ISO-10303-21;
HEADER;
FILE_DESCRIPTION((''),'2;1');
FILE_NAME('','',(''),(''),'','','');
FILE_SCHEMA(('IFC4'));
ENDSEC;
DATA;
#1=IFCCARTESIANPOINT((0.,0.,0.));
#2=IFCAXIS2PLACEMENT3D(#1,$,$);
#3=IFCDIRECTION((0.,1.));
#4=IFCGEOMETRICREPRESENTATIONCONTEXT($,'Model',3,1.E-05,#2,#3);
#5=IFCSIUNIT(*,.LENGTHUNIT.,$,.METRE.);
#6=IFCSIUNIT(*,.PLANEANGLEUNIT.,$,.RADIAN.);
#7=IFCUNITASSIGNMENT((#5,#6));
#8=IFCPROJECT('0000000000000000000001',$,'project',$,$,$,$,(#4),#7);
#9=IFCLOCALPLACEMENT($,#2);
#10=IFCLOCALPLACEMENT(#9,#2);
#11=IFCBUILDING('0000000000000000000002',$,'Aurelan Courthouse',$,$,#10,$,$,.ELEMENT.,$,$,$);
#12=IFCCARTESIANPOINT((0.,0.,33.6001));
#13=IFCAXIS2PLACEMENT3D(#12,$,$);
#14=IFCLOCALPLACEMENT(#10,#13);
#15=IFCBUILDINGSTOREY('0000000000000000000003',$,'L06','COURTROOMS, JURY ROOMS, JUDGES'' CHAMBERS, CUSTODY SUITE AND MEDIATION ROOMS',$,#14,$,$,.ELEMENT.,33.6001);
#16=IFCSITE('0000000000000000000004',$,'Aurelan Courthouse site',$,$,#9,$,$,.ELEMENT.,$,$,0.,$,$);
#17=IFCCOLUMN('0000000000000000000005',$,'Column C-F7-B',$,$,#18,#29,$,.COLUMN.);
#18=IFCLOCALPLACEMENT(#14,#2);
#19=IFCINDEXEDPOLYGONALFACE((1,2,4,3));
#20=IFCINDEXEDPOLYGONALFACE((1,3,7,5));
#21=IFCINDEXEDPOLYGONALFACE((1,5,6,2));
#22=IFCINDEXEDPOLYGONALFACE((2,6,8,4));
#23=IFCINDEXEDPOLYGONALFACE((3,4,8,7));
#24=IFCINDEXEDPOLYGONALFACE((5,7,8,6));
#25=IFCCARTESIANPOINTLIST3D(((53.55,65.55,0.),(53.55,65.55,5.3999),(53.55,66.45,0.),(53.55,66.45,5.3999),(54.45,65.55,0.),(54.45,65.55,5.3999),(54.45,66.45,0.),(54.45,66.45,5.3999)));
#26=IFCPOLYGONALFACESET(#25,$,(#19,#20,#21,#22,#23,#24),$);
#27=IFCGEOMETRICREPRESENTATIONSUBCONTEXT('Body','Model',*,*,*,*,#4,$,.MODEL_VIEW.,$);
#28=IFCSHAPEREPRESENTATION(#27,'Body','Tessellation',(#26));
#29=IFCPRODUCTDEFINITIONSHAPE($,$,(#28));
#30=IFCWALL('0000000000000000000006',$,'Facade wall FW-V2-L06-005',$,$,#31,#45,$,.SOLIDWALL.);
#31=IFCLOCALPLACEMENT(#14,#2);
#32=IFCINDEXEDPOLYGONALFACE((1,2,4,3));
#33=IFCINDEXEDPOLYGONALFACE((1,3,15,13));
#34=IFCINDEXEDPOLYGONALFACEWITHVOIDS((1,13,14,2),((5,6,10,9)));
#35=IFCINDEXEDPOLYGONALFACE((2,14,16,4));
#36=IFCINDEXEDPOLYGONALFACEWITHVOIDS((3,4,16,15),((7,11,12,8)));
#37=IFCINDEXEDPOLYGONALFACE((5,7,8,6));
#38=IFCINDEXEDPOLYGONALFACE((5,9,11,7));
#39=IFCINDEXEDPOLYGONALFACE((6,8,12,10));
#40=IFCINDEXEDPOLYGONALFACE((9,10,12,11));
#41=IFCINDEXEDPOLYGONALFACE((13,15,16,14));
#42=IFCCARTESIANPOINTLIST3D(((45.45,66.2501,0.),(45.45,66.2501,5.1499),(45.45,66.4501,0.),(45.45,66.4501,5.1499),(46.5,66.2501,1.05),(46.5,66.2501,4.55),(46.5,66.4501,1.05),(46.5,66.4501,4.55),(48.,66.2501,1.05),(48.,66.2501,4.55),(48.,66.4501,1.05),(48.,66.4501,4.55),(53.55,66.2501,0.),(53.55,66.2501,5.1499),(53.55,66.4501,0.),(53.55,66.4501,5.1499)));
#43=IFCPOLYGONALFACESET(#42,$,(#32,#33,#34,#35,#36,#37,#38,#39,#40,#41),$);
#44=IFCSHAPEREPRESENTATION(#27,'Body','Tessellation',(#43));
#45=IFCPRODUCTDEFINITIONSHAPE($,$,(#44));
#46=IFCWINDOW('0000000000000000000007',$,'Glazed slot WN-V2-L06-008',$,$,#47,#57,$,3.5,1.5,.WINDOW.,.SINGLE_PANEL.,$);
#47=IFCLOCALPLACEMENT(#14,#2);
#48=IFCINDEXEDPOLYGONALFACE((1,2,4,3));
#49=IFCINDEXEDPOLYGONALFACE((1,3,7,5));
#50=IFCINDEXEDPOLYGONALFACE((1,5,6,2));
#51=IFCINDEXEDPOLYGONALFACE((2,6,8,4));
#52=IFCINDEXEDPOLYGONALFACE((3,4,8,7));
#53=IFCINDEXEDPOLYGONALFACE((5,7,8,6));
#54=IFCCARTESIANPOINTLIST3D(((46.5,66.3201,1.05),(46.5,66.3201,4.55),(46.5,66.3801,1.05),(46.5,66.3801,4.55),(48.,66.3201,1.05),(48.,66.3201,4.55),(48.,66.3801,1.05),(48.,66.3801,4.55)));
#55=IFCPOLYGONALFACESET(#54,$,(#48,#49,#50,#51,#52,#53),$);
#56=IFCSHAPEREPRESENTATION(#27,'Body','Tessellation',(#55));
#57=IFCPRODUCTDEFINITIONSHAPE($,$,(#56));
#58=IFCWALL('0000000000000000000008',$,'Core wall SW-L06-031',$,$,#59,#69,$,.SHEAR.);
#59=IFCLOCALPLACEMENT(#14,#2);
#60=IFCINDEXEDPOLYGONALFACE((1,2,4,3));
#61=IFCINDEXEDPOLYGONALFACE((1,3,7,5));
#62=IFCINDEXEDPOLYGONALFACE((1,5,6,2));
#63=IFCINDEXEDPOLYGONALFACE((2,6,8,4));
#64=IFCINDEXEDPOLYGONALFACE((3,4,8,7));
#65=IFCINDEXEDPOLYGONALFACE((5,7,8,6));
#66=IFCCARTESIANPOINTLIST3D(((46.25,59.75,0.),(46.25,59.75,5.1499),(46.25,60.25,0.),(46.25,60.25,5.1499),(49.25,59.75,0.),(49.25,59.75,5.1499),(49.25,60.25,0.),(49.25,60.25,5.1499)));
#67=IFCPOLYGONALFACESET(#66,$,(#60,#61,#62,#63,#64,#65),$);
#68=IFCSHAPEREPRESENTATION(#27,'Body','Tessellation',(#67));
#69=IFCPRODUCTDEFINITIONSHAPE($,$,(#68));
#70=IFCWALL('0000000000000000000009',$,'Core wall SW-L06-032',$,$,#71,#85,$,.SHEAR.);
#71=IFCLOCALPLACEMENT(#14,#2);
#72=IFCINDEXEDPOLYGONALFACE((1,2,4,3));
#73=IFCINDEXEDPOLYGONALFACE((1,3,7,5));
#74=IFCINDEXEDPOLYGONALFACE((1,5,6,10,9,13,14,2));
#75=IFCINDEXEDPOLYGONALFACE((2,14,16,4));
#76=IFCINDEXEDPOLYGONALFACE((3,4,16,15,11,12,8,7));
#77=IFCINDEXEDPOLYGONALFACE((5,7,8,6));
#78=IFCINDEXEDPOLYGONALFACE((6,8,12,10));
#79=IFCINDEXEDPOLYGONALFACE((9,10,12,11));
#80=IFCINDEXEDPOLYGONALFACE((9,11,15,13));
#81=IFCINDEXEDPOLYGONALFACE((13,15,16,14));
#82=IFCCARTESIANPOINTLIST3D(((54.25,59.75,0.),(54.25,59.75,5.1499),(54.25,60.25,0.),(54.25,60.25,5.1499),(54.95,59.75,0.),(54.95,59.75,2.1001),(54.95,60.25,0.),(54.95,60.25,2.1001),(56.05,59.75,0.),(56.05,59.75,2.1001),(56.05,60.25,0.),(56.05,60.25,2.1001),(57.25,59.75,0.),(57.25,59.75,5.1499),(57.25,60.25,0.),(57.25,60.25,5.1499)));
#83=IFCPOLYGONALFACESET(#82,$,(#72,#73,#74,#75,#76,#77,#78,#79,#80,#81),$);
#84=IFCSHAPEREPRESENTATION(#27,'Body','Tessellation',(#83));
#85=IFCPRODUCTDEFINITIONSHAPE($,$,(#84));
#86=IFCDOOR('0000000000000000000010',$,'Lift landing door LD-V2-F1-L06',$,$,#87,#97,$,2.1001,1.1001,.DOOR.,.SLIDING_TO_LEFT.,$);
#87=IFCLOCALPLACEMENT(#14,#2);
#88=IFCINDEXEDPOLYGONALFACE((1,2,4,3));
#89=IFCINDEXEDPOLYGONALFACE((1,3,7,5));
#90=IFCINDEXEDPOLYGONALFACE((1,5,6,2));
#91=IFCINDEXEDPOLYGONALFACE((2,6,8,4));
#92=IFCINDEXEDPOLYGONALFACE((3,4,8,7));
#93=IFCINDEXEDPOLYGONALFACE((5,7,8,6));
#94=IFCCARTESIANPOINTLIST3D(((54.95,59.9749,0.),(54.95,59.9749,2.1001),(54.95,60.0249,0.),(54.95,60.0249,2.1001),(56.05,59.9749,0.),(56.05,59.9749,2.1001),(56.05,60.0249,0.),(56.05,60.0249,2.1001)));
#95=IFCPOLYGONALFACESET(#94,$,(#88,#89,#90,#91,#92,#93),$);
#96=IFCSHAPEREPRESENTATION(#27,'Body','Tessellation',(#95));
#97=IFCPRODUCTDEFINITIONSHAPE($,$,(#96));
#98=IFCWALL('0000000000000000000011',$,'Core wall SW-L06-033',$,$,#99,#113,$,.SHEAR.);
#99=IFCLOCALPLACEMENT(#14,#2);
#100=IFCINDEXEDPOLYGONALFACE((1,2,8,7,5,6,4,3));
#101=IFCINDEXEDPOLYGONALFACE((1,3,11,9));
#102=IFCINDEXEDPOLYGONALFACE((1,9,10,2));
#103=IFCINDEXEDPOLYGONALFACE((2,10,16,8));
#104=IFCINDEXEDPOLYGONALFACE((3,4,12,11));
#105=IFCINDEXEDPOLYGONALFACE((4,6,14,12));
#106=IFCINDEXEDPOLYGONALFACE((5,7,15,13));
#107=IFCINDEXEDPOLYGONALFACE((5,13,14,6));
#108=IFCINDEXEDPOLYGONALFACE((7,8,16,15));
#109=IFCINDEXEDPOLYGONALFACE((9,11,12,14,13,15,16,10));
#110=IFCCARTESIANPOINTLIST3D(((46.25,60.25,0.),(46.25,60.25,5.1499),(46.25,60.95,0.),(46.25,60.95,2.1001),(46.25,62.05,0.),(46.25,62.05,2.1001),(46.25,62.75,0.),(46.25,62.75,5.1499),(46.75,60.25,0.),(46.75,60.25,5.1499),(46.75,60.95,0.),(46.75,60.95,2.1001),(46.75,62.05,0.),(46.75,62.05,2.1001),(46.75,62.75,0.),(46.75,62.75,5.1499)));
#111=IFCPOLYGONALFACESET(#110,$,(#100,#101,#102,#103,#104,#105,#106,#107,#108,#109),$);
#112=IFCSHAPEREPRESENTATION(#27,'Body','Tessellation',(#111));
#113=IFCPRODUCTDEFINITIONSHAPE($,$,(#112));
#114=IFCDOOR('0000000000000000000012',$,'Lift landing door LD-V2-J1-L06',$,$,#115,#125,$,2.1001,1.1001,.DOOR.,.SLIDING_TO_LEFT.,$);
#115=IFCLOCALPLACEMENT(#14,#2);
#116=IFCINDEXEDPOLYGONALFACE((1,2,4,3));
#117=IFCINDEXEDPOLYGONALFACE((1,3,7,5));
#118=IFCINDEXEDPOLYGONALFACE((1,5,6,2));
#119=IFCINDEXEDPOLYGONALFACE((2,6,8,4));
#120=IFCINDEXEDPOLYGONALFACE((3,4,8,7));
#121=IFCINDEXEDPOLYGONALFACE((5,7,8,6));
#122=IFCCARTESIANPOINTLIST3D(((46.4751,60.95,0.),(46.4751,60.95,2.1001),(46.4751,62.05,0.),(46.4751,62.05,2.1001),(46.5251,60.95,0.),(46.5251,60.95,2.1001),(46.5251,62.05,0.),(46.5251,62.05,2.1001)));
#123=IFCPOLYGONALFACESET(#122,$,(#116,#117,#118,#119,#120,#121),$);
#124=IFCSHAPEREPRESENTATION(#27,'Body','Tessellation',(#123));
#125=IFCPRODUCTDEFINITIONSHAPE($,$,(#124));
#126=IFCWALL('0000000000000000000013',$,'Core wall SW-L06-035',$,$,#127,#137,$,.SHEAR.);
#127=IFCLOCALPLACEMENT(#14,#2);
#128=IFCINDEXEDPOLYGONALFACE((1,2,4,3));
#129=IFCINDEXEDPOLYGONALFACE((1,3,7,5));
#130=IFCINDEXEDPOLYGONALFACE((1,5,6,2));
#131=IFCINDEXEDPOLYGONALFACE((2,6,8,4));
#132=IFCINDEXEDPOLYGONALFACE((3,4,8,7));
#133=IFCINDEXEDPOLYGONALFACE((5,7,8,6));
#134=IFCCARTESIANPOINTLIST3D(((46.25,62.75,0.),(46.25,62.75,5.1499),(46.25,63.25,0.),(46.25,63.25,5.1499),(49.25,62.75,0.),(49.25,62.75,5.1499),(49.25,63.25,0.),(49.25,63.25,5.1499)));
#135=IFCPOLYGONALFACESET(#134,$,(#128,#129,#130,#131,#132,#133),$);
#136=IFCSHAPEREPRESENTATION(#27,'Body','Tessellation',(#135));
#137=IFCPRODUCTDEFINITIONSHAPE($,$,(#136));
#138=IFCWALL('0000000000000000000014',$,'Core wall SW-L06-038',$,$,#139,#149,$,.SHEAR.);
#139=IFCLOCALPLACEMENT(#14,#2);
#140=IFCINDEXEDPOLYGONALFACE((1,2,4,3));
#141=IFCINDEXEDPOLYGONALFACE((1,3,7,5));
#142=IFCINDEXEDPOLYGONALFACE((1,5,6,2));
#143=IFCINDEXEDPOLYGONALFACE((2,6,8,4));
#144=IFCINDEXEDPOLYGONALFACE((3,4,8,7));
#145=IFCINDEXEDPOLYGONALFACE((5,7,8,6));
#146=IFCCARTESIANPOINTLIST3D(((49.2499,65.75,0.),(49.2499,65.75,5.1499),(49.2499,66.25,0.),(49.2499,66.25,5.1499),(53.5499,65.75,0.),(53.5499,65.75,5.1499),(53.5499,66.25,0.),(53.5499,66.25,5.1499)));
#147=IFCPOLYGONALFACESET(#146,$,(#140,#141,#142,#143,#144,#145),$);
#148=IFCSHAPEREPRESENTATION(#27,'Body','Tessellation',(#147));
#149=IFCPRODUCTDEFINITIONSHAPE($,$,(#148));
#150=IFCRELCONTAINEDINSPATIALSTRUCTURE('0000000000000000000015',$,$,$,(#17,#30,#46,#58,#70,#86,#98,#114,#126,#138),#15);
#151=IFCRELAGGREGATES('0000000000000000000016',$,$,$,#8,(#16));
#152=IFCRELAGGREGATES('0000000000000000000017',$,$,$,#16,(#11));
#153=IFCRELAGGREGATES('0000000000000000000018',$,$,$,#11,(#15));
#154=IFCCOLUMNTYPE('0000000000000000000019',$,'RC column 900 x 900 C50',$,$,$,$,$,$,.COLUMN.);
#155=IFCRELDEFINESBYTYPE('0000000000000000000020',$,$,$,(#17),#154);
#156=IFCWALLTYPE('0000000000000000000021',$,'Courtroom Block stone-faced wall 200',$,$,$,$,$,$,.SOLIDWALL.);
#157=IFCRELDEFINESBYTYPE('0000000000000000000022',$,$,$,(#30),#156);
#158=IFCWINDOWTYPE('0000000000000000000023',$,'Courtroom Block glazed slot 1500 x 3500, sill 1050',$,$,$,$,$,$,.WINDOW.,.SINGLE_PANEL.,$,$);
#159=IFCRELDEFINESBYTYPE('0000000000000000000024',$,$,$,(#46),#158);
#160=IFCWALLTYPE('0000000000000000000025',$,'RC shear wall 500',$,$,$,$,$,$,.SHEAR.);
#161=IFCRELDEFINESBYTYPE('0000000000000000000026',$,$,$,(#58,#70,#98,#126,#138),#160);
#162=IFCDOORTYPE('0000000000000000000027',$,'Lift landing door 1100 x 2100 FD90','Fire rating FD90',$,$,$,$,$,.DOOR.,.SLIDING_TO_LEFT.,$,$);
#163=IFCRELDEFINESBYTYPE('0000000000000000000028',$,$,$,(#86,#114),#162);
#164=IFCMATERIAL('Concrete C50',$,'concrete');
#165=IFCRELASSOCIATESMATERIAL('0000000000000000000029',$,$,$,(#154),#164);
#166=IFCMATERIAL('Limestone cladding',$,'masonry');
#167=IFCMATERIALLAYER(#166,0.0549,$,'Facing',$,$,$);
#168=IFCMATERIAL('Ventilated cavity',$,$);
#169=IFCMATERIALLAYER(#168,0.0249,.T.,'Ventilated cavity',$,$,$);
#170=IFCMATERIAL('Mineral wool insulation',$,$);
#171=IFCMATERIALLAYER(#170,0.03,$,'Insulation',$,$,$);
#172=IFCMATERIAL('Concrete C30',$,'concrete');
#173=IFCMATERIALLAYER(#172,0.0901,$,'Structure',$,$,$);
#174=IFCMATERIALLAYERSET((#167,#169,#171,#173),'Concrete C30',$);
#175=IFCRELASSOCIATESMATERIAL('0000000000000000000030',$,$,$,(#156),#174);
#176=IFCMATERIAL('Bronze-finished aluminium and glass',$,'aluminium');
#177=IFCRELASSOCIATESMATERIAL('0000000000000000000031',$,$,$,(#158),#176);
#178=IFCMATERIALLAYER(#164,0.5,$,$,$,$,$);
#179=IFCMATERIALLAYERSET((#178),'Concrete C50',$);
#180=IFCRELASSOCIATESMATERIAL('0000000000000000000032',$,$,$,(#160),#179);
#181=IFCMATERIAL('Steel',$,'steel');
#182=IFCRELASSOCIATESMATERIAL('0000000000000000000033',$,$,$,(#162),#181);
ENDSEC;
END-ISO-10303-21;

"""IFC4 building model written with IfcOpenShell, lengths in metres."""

from ifc_helpers import new_model, si_unit, direction, frame, frame_2d, origin, origin_2d, place, context, subcontext, project, spatial, rectangle, extrude, material, layer, layer_set, material_profile, profile_set, type_object, element, fill, save


model = new_model("IFC4")

# Units and contexts
model_context = context("Model", 3, precision=1e-05, world=origin(), true_north=direction((0.0, 1.0)))
body_context = subcontext(model_context, "Body", "Model", "MODEL_VIEW")
ifc_project = project(units=[si_unit("LENGTHUNIT", "METRE"), si_unit("PLANEANGLEUNIT", "RADIAN")], contexts=[model_context])

# Site, building, storey
site_placement = place(None, origin())
site = spatial("IfcSite", under=ifc_project, at=site_placement, Name="Aurelan Courthouse site", CompositionType="ELEMENT", RefElevation=0.0)
building_placement = place(site_placement, origin())
building = spatial("IfcBuilding", under=site, at=building_placement, Name="Aurelan Courthouse", CompositionType="ELEMENT")
storey_placement = place(building_placement, frame((0.0, 0.0, 33.6001)))
storey = spatial("IfcBuildingStorey", under=building, at=storey_placement, Name="L06", Description="COURTROOMS, JURY ROOMS, JUDGES' CHAMBERS, CUSTODY SUITE AND MEDIATION ROOMS", CompositionType="ELEMENT", Elevation=33.6001)

# Column
ifc_material_1 = material(Name="Concrete C50", Category="concrete")
ifc_material_profile = material_profile(ifc_material_1, rectangle(XDim=0.8999, YDim=0.8999, at=origin_2d()), Name="RC 900 x 900")
ifc_profile_set = profile_set([ifc_material_profile], Name="Concrete C50")
column_type = type_object("IfcColumnType", Name="RC column 900 x 900 C50", PredefinedType="COLUMN", material=ifc_profile_set)
column_placement = place(storey_placement, frame((54.0, 66.0, 0.0), z_axis=(0.0, 0.0, 1.0), x_axis=(1.0, 0.0, 0.0)))
element("IfcColumn", 1, at=column_placement, inside=storey, type_object=column_type, Name="Column C-F7-B", PredefinedType="COLUMN", context=body_context, shape_type="SweptSolid", body=[
    extrude(rectangle(XDim=0.8999, YDim=0.8999, at=origin_2d()), origin(), (0.0, 0.0, 1.0), 5.3999),
])

# Wall, opening, window
ifc_material_2 = material(Name="Limestone cladding", Category="masonry")
ifc_layer_1 = layer(ifc_material_2, 0.0549, Name="Facing")
ifc_material_3 = material(Name="Ventilated cavity")
ifc_layer_2 = layer(ifc_material_3, 0.0249, ventilated=True, Name="Ventilated cavity")
ifc_material_4 = material(Name="Mineral wool insulation")
ifc_layer_3 = layer(ifc_material_4, 0.03, Name="Insulation")
ifc_material_5 = material(Name="Concrete C30", Category="concrete")
ifc_layer_4 = layer(ifc_material_5, 0.0901, Name="Structure")
ifc_layer_set_1 = layer_set([ifc_layer_1, ifc_layer_2, ifc_layer_3, ifc_layer_4], Name="Concrete C30")
wall_type_1 = type_object("IfcWallType", Name="Courtroom Block stone-faced wall 200", PredefinedType="SOLIDWALL", material=ifc_layer_set_1)
wall_1_placement = place(storey_placement, frame((45.45, 66.3501, 0.0), z_axis=(0.0, 0.0, 1.0), x_axis=(1.0, 0.0, 0.0)))
wall_1 = element("IfcWall", 2, at=wall_1_placement, inside=storey, type_object=wall_type_1, Name="Facade wall FW-V2-L06-005", PredefinedType="SOLIDWALL", context=body_context, shape_type="SweptSolid", body=[
    extrude(rectangle(XDim=8.1001, YDim=0.2, at=frame_2d((4.05, 0.0))), origin(), (0.0, 0.0, 1.0), 5.1499),
])
opening_1_placement = place(wall_1_placement, frame((1.05, 0.0, 1.05)))
opening_1 = element("IfcOpeningElement", 3, at=opening_1_placement, cuts=wall_1, PredefinedType="OPENING", context=body_context, shape_type="SweptSolid", body=[
    extrude(rectangle(XDim=1.5, YDim=3.5, at=frame_2d((0.75, 1.75))), frame((0.0, 0.1099, 0.0), z_axis=(0.0, -1.0, 0.0), x_axis=(1.0, 0.0, 0.0)), (0.0, 0.0, 1.0), 0.22),
])
ifc_material_6 = material(Name="Bronze-finished aluminium and glass", Category="aluminium")
window_type = type_object("IfcWindowType", Name="Courtroom Block glazed slot 1500 x 3500, sill 1050", PartitioningType="SINGLE_PANEL", PredefinedType="WINDOW", material=ifc_material_6)
window_placement = place(opening_1_placement, origin())
window = element("IfcWindow", 4, at=window_placement, inside=storey, type_object=window_type, Name="Glazed slot WN-V2-L06-008", OverallHeight=3.5, OverallWidth=1.5, PartitioningType="SINGLE_PANEL", PredefinedType="WINDOW", context=body_context, shape_type="SweptSolid", body=[
    extrude(rectangle(XDim=1.5, YDim=3.5, at=frame_2d((0.75, 1.75))), frame((0.0, 0.03, 0.0), z_axis=(0.0, -1.0, 0.0), x_axis=(1.0, 0.0, 0.0)), (0.0, 0.0, 1.0), 0.0601),
])
fill(opening_1, window)

# Wall
ifc_layer_5 = layer(ifc_material_1, 0.5)
ifc_layer_set_2 = layer_set([ifc_layer_5], Name="Concrete C50")
wall_type_2 = type_object("IfcWallType", Name="RC shear wall 500", PredefinedType="SHEAR", material=ifc_layer_set_2)
wall_2_placement = place(storey_placement, frame((46.25, 60.0, 0.0), z_axis=(0.0, 0.0, 1.0), x_axis=(1.0, 0.0, 0.0)))
element("IfcWall", 5, at=wall_2_placement, inside=storey, type_object=wall_type_2, Name="Core wall SW-L06-031", PredefinedType="SHEAR", context=body_context, shape_type="SweptSolid", body=[
    extrude(rectangle(XDim=3.0, YDim=0.5, at=frame_2d((1.5, 0.0))), origin(), (0.0, 0.0, 1.0), 5.1499),
])

# Walls, openings, doors
wall_3_placement = place(storey_placement, frame((54.25, 60.0, 0.0), z_axis=(0.0, 0.0, 1.0), x_axis=(1.0, 0.0, 0.0)))
wall_3 = element("IfcWall", 6, at=wall_3_placement, inside=storey, type_object=wall_type_2, Name="Core wall SW-L06-032", PredefinedType="SHEAR", context=body_context, shape_type="SweptSolid", body=[
    extrude(rectangle(XDim=3.0, YDim=0.5, at=frame_2d((1.5, 0.0))), origin(), (0.0, 0.0, 1.0), 5.1499),
])
opening_2_placement = place(wall_3_placement, frame((0.7, 0.0, 0.0)))
opening_2 = element("IfcOpeningElement", 7, at=opening_2_placement, cuts=wall_3, PredefinedType="OPENING", context=body_context, shape_type="SweptSolid", body=[
    extrude(rectangle(XDim=1.1001, YDim=2.1001, at=frame_2d((0.55, 1.05))), frame((0.0, 0.26, 0.0), z_axis=(0.0, -1.0, 0.0), x_axis=(1.0, 0.0, 0.0)), (0.0, 0.0, 1.0), 0.52),
])
ifc_material_7 = material(Name="Steel", Category="steel")
door_type = type_object("IfcDoorType", Name="Lift landing door 1100 x 2100 FD90", Description="Fire rating FD90", OperationType="SLIDING_TO_LEFT", PredefinedType="DOOR", material=ifc_material_7)
door_1_placement = place(opening_2_placement, origin())
door_1 = element("IfcDoor", 8, at=door_1_placement, inside=storey, type_object=door_type, Name="Lift landing door LD-V2-F1-L06", OperationType="SLIDING_TO_LEFT", OverallHeight=2.1001, OverallWidth=1.1001, PredefinedType="DOOR", context=body_context, shape_type="SweptSolid", body=[
    extrude(rectangle(XDim=1.1001, YDim=2.1001, at=frame_2d((0.55, 1.05))), frame((0.0, 0.0249, 0.0), z_axis=(0.0, -1.0, 0.0), x_axis=(1.0, 0.0, 0.0)), (0.0, 0.0, 1.0), 0.05),
])
fill(opening_2, door_1)
wall_4_placement = place(storey_placement, frame((46.5, 60.25, 0.0), z_axis=(0.0, 0.0, 1.0), x_axis=(0.0, 1.0, 0.0)))
wall_4 = element("IfcWall", 9, at=wall_4_placement, inside=storey, type_object=wall_type_2, Name="Core wall SW-L06-033", PredefinedType="SHEAR", context=body_context, shape_type="SweptSolid", body=[
    extrude(rectangle(XDim=2.5, YDim=0.5, at=frame_2d((1.25, 0.0))), origin(), (0.0, 0.0, 1.0), 5.1499),
])
opening_3_placement = place(wall_4_placement, frame((0.7, 0.0, 0.0)))
opening_3 = element("IfcOpeningElement", 10, at=opening_3_placement, cuts=wall_4, PredefinedType="OPENING", context=body_context, shape_type="SweptSolid", body=[
    extrude(rectangle(XDim=1.1001, YDim=2.1001, at=frame_2d((0.55, 1.05))), frame((0.0, 0.26, 0.0), z_axis=(0.0, -1.0, 0.0), x_axis=(1.0, 0.0, 0.0)), (0.0, 0.0, 1.0), 0.52),
])
door_2_placement = place(opening_3_placement, origin())
door_2 = element("IfcDoor", 11, at=door_2_placement, inside=storey, type_object=door_type, Name="Lift landing door LD-V2-J1-L06", OperationType="SLIDING_TO_LEFT", OverallHeight=2.1001, OverallWidth=1.1001, PredefinedType="DOOR", context=body_context, shape_type="SweptSolid", body=[
    extrude(rectangle(XDim=1.1001, YDim=2.1001, at=frame_2d((0.55, 1.05))), frame((0.0, 0.0249, 0.0), z_axis=(0.0, -1.0, 0.0), x_axis=(1.0, 0.0, 0.0)), (0.0, 0.0, 1.0), 0.05),
])
fill(opening_3, door_2)

# Walls
wall_5_placement = place(storey_placement, frame((46.25, 63.0, 0.0), z_axis=(0.0, 0.0, 1.0), x_axis=(1.0, 0.0, 0.0)))
element("IfcWall", 12, at=wall_5_placement, inside=storey, type_object=wall_type_2, Name="Core wall SW-L06-035", PredefinedType="SHEAR", context=body_context, shape_type="SweptSolid", body=[
    extrude(rectangle(XDim=3.0, YDim=0.5, at=frame_2d((1.5, 0.0))), origin(), (0.0, 0.0, 1.0), 5.1499),
])
wall_6_placement = place(storey_placement, frame((49.25, 66.0, 0.0), z_axis=(0.0, 0.0, 1.0), x_axis=(1.0, 0.0, 0.0)))
element("IfcWall", 13, at=wall_6_placement, inside=storey, type_object=wall_type_2, Name="Core wall SW-L06-038", PredefinedType="SHEAR", context=body_context, shape_type="SweptSolid", body=[
    extrude(rectangle(XDim=4.3, YDim=0.5, at=frame_2d((2.1499, 0.0))), origin(), (0.0, 0.0, 1.0), 5.1499),
])

save(model, "model.ifc")
